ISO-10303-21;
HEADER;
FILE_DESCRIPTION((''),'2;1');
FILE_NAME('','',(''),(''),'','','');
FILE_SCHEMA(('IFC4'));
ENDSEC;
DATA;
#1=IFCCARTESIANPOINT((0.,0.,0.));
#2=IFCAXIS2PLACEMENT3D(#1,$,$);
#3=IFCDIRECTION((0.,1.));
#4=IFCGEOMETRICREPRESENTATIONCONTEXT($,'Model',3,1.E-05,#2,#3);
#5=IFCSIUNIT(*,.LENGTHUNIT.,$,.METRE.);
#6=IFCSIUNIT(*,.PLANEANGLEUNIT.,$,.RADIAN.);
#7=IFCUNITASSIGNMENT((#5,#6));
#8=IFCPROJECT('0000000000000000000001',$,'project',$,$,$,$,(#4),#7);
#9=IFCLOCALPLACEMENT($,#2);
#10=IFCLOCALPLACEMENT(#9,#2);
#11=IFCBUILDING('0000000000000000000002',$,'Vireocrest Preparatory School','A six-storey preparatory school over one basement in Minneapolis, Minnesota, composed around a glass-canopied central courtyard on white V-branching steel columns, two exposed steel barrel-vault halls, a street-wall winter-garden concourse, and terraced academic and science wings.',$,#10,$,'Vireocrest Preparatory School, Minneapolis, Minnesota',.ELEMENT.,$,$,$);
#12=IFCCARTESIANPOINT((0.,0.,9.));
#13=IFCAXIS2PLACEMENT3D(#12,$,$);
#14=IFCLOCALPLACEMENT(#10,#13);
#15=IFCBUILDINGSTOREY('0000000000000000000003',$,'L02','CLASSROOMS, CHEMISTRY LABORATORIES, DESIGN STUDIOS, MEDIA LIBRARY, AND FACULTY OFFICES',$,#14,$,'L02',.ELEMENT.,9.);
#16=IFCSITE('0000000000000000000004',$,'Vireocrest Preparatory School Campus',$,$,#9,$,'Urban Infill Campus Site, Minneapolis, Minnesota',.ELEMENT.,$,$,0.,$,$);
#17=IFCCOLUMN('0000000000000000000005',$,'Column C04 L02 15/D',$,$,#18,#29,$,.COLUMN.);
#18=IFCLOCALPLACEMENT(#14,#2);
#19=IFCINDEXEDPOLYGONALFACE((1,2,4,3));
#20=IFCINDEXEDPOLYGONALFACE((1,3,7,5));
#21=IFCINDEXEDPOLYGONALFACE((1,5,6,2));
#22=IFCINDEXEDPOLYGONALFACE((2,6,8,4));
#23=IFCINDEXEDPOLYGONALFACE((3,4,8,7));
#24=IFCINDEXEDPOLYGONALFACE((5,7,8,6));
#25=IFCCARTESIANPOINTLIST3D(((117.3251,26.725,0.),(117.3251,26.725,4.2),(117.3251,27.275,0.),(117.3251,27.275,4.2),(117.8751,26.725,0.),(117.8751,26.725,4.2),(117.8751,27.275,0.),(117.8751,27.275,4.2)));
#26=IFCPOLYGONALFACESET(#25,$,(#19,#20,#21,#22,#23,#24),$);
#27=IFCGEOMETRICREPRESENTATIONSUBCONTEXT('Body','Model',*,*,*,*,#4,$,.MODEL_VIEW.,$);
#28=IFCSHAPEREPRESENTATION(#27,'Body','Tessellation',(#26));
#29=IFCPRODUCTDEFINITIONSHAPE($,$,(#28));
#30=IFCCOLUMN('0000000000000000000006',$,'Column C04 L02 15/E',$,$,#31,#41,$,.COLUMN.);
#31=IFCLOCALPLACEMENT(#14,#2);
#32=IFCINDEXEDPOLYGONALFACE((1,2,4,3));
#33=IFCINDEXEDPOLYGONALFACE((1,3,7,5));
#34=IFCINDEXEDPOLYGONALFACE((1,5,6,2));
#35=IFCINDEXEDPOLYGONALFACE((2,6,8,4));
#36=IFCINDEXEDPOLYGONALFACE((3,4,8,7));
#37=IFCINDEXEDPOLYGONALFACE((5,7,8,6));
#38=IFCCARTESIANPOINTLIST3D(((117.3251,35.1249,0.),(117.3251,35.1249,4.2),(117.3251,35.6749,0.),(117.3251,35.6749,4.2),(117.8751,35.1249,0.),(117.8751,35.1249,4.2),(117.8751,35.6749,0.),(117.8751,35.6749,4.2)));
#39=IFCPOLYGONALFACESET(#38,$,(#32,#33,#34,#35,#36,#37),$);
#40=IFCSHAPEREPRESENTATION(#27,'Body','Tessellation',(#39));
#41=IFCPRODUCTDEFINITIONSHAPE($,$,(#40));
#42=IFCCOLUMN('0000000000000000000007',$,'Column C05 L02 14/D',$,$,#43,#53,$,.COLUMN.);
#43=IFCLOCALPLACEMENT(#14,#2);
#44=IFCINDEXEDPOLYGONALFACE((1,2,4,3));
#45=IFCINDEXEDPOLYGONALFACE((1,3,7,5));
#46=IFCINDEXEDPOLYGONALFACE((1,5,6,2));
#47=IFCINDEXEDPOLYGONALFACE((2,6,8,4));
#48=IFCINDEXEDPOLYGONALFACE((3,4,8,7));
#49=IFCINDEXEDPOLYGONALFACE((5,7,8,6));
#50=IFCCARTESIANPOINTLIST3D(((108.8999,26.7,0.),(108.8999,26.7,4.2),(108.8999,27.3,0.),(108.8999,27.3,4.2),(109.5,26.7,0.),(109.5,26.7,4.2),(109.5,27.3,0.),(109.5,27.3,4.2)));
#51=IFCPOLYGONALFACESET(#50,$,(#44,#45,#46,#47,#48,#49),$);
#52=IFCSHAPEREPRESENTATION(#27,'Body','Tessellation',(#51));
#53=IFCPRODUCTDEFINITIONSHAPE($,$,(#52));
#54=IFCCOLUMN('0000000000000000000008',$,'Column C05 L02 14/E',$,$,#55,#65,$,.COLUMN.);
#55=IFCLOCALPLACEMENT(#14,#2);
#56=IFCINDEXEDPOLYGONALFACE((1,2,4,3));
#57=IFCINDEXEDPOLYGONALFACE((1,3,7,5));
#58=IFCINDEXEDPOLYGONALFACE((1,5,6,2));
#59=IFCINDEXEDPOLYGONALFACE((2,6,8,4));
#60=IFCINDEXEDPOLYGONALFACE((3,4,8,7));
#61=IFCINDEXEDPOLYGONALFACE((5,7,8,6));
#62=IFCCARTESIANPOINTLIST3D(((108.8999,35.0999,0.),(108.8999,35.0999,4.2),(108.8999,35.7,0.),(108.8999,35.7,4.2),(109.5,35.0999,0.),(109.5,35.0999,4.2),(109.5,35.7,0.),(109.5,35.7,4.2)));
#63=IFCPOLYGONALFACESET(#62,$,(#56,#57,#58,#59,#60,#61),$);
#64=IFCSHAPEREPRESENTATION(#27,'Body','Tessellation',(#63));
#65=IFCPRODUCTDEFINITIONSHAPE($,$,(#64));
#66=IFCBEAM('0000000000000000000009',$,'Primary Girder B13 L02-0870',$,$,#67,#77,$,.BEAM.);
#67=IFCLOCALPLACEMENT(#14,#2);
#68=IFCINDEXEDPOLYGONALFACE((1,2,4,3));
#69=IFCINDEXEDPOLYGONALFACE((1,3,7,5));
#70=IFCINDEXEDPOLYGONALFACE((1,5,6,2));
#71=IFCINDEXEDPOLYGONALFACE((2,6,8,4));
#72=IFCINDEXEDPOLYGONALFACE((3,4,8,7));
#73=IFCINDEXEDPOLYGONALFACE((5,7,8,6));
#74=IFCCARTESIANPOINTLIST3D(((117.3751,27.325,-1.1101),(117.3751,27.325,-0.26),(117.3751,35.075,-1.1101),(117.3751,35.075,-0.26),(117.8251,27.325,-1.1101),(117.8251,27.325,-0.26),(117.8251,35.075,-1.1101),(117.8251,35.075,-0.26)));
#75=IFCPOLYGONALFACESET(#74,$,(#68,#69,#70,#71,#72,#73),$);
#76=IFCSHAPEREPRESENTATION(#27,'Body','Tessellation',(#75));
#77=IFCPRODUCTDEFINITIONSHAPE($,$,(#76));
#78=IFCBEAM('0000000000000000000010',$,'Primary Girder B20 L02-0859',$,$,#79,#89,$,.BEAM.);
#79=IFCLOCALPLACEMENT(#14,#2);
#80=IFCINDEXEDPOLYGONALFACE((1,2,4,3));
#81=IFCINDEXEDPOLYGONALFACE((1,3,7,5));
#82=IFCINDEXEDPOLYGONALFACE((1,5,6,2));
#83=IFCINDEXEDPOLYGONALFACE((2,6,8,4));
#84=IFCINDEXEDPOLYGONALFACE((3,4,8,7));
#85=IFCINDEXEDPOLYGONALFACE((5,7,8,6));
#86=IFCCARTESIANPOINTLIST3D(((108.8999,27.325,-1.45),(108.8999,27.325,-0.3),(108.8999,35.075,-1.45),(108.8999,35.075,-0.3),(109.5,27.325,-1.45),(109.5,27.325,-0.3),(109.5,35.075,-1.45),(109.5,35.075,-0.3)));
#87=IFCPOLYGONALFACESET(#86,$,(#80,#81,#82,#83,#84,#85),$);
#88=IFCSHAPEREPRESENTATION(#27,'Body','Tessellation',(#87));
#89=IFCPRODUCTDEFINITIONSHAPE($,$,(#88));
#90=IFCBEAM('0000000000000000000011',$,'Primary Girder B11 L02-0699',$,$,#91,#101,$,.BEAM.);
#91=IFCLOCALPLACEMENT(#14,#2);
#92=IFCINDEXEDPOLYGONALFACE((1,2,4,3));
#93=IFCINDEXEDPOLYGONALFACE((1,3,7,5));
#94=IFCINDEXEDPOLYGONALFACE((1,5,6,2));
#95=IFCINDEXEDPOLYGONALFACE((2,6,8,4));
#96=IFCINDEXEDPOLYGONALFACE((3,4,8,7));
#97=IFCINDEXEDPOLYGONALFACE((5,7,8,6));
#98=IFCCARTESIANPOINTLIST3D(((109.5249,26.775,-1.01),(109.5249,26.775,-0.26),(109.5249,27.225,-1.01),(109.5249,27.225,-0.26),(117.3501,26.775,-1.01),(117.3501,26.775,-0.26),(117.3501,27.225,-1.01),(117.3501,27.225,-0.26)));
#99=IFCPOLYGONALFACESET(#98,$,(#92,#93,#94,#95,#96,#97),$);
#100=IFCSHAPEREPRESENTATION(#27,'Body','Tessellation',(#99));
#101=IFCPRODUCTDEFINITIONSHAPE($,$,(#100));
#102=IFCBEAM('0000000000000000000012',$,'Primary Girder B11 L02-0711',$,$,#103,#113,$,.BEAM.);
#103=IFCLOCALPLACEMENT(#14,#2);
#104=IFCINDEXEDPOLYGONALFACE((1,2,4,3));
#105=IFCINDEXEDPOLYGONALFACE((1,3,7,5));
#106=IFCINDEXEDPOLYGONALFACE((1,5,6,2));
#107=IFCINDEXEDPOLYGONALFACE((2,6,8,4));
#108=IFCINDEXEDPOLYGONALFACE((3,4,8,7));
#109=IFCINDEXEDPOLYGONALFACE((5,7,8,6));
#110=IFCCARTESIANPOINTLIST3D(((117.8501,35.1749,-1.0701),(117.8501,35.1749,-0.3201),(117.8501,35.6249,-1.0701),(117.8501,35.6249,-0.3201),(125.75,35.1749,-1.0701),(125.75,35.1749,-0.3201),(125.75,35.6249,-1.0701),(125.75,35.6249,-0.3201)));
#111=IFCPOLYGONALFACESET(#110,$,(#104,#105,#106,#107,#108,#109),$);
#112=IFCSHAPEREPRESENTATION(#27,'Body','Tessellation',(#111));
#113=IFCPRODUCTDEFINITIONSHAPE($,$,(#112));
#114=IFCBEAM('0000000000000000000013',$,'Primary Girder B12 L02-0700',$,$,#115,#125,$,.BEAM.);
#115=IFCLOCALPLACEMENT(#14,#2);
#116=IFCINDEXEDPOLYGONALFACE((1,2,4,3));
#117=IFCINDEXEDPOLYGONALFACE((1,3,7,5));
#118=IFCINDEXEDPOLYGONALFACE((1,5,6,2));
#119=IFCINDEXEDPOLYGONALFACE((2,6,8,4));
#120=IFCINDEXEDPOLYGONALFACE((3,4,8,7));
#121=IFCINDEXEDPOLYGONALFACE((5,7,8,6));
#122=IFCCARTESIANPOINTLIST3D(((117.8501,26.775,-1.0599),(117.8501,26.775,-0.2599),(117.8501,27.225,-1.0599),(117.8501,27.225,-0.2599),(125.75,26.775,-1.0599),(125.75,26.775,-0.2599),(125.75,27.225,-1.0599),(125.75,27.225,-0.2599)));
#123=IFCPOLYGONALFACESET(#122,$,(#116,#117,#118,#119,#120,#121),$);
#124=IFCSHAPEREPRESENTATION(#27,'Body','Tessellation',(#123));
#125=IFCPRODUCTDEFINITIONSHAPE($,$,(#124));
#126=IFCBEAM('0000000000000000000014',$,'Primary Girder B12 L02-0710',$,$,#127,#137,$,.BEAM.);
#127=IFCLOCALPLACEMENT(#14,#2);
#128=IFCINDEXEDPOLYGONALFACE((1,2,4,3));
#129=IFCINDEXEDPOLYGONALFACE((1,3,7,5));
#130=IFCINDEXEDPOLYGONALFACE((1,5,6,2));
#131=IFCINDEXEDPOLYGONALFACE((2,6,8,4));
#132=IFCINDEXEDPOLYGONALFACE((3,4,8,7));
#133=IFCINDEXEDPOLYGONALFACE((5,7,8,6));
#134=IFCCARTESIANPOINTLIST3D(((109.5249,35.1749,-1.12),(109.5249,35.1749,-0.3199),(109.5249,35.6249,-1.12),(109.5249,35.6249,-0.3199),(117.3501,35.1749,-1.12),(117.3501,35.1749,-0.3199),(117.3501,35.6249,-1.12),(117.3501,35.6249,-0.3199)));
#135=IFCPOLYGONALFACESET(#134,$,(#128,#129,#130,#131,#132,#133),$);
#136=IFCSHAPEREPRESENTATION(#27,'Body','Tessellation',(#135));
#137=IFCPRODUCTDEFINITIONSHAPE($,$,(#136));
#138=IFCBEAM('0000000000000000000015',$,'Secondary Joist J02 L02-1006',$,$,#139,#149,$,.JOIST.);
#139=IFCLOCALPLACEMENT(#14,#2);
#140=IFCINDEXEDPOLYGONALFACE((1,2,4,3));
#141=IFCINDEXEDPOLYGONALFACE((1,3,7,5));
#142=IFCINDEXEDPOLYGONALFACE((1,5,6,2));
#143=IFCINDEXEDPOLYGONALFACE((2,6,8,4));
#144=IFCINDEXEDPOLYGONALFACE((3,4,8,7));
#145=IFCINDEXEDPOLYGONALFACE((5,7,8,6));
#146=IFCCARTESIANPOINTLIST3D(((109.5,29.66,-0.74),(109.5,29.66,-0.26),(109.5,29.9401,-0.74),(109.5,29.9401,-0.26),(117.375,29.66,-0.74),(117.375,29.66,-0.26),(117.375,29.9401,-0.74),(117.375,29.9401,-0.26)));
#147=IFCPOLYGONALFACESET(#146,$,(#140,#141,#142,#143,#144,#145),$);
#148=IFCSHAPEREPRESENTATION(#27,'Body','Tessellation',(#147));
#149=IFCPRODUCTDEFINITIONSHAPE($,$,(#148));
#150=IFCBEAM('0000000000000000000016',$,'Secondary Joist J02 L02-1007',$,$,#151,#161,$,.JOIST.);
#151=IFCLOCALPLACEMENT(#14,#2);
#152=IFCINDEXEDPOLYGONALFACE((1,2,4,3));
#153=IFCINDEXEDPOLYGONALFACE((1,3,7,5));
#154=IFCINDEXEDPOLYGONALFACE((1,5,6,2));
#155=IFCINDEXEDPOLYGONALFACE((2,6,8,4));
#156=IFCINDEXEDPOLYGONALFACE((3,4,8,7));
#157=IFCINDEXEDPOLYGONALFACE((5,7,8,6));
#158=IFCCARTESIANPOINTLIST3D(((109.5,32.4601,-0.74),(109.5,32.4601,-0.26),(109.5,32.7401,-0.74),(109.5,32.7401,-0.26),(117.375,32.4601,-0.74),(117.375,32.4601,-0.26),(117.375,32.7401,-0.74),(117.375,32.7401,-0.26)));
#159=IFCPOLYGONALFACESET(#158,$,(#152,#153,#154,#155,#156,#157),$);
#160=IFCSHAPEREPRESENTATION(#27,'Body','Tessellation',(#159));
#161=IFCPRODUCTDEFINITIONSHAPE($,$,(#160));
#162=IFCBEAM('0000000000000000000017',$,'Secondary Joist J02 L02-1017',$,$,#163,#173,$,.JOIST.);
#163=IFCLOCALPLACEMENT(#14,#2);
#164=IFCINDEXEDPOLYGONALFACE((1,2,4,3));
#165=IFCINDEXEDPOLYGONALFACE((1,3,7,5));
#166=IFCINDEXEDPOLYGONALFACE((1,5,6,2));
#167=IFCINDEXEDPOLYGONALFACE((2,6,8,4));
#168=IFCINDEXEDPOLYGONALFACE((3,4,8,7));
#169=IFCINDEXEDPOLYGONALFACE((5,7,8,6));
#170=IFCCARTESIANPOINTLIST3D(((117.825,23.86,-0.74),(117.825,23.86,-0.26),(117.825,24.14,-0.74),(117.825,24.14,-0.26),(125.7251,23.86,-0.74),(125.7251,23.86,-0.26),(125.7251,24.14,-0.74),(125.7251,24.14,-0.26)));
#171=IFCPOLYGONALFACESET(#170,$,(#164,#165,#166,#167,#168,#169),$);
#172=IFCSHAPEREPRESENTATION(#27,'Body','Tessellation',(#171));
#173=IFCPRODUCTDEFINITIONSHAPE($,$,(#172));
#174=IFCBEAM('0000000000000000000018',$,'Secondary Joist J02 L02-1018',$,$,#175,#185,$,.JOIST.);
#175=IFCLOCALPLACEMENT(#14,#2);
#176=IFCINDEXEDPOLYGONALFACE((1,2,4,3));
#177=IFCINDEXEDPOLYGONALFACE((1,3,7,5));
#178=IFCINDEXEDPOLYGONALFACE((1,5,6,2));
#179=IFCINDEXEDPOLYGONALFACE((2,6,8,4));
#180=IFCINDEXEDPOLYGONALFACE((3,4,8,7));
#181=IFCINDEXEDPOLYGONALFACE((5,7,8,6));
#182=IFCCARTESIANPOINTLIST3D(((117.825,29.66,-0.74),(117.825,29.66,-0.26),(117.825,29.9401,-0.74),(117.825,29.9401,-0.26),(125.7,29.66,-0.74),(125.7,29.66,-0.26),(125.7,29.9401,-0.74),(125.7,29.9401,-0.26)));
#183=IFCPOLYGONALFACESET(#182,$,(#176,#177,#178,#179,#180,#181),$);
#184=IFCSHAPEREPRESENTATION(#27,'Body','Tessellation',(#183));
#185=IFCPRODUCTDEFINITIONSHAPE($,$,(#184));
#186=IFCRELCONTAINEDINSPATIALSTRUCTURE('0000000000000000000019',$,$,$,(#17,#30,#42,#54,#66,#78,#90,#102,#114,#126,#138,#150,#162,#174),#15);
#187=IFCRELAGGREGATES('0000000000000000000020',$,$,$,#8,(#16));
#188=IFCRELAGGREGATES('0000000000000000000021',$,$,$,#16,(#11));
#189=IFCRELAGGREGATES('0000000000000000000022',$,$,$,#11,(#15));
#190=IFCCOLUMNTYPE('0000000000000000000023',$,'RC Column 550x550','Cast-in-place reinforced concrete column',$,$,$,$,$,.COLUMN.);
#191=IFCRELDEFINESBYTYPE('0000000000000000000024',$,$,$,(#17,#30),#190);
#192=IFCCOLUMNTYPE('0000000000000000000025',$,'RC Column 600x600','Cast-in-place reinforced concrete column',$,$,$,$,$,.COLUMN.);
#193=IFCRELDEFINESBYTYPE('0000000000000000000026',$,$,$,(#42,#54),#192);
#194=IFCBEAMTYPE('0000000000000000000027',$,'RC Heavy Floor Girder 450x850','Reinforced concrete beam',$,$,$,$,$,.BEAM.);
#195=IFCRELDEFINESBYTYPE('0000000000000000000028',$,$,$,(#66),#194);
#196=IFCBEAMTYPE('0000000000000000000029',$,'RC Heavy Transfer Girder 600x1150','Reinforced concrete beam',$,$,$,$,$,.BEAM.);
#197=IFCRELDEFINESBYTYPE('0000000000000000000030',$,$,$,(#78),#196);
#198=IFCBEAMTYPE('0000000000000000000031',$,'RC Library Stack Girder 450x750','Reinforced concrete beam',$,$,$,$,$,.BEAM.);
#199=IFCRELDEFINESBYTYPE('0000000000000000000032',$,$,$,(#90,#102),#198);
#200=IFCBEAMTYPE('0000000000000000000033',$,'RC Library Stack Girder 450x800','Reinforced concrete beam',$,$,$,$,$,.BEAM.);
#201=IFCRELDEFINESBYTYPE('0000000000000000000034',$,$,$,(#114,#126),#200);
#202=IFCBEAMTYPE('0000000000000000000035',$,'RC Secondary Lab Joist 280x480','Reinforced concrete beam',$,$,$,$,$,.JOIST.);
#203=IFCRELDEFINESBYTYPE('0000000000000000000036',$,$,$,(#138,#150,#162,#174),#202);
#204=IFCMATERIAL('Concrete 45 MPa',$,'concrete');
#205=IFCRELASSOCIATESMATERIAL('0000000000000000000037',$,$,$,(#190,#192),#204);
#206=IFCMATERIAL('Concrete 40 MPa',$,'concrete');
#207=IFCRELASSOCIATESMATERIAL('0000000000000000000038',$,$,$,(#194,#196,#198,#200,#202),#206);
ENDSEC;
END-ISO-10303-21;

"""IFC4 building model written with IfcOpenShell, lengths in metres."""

from ifc_helpers import new_model, si_unit, direction, frame, origin, origin_2d, place, context, subcontext, project, spatial, rectangle, extrude, material, material_profile, profile_set, type_object, element, save


model = new_model("IFC4")

# Units and contexts
model_context = context("Model", 3, precision=1e-05, world=origin(), true_north=direction((0.0, 1.0)))
body_context = subcontext(model_context, "Body", "Model", "MODEL_VIEW")
ifc_project = project(units=[si_unit("LENGTHUNIT", "METRE"), si_unit("PLANEANGLEUNIT", "RADIAN")], contexts=[model_context])

# Site, building, storey
site_placement = place(None, origin())
site = spatial("IfcSite", under=ifc_project, at=site_placement, Name="Vireocrest Preparatory School Campus", LongName="Urban Infill Campus Site, Minneapolis, Minnesota", CompositionType="ELEMENT", RefElevation=0.0)
building_placement = place(site_placement, origin())
building = spatial("IfcBuilding", under=site, at=building_placement, Name="Vireocrest Preparatory School", Description="A six-storey preparatory school over one basement in Minneapolis, Minnesota, composed around a glass-canopied central courtyard on white V-branching steel columns, two exposed steel barrel-vault halls, a street-wall winter-garden concourse, and terraced academic and science wings.", LongName="Vireocrest Preparatory School, Minneapolis, Minnesota", CompositionType="ELEMENT")
storey_placement = place(building_placement, frame((0.0, 0.0, 9.0)))
storey = spatial("IfcBuildingStorey", under=building, at=storey_placement, Name="L02", Description="CLASSROOMS, CHEMISTRY LABORATORIES, DESIGN STUDIOS, MEDIA LIBRARY, AND FACULTY OFFICES", LongName="L02", CompositionType="ELEMENT", Elevation=9.0)

# Columns
ifc_material_1 = material(Name="Concrete 45 MPa", Category="concrete")
ifc_material_profile_1 = material_profile(ifc_material_1, rectangle(XDim=0.55, YDim=0.55, at=origin_2d()), Name="RC 550x550")
ifc_profile_set_1 = profile_set([ifc_material_profile_1], Name="Concrete 45 MPa")
column_type_1 = type_object("IfcColumnType", Name="RC Column 550x550", Description="Cast-in-place reinforced concrete column", PredefinedType="COLUMN", material=ifc_profile_set_1)
for number, where, z_axis, x_axis, name in (
    (1, (117.6001, 27.0, 0.0), (0.0, 0.0, 1.0), (1.0, 0.0, 0.0), "Column C04 L02 15/D"),
    (2, (117.6001, 35.3999, 0.0), (0.0, 0.0, 1.0), (1.0, 0.0, 0.0), "Column C04 L02 15/E"),
):
    element("IfcColumn", number, at=place(storey_placement, frame(where, z_axis=z_axis, x_axis=x_axis)), inside=storey, type_object=column_type_1, Name=name, PredefinedType="COLUMN", context=body_context, shape_type="SweptSolid", body=[
        extrude(rectangle(XDim=0.55, YDim=0.55, at=origin_2d()), origin(), (0.0, 0.0, 1.0), 4.2),
    ])
ifc_material_profile_2 = material_profile(ifc_material_1, rectangle(XDim=0.6001, YDim=0.6001, at=origin_2d()), Name="RC 600x600")
ifc_profile_set_2 = profile_set([ifc_material_profile_2], Name="Concrete 45 MPa")
column_type_2 = type_object("IfcColumnType", Name="RC Column 600x600", Description="Cast-in-place reinforced concrete column", PredefinedType="COLUMN", material=ifc_profile_set_2)
for number, where, z_axis, x_axis, name in (
    (3, (109.2, 27.0, 0.0), (0.0, 0.0, 1.0), (1.0, 0.0, 0.0), "Column C05 L02 14/D"),
    (4, (109.2, 35.3999, 0.0), (0.0, 0.0, 1.0), (1.0, 0.0, 0.0), "Column C05 L02 14/E"),
):
    element("IfcColumn", number, at=place(storey_placement, frame(where, z_axis=z_axis, x_axis=x_axis)), inside=storey, type_object=column_type_2, Name=name, PredefinedType="COLUMN", context=body_context, shape_type="SweptSolid", body=[
        extrude(rectangle(XDim=0.6001, YDim=0.6001, at=origin_2d()), origin(), (0.0, 0.0, 1.0), 4.2),
    ])

# Beams
ifc_material_2 = material(Name="Concrete 40 MPa", Category="concrete")
ifc_material_profile_3 = material_profile(ifc_material_2, rectangle(XDim=0.45, YDim=0.8501, at=origin_2d()), Name="RC 450x850")
ifc_profile_set_3 = profile_set([ifc_material_profile_3], Name="Concrete 40 MPa")
beam_type_1 = type_object("IfcBeamType", Name="RC Heavy Floor Girder 450x850", Description="Reinforced concrete beam", PredefinedType="BEAM", material=ifc_profile_set_3)
beam_1_placement = place(storey_placement, frame((117.6001, 27.325, -0.6851), z_axis=(0.0, 1.0, 0.0), x_axis=(-1.0, 0.0, 0.0)))
element("IfcBeam", 5, at=beam_1_placement, inside=storey, type_object=beam_type_1, Name="Primary Girder B13 L02-0870", PredefinedType="BEAM", context=body_context, shape_type="SweptSolid", body=[
    extrude(rectangle(XDim=0.45, YDim=0.8501, at=origin_2d()), origin(), (0.0, 0.0, 1.0), 7.75),
])
ifc_material_profile_4 = material_profile(ifc_material_2, rectangle(XDim=0.6001, YDim=1.1499, at=origin_2d()), Name="RC 600x1150")
ifc_profile_set_4 = profile_set([ifc_material_profile_4], Name="Concrete 40 MPa")
beam_type_2 = type_object("IfcBeamType", Name="RC Heavy Transfer Girder 600x1150", Description="Reinforced concrete beam", PredefinedType="BEAM", material=ifc_profile_set_4)
beam_2_placement = place(storey_placement, frame((109.2, 27.325, -0.875), z_axis=(0.0, 1.0, 0.0), x_axis=(-1.0, 0.0, 0.0)))
element("IfcBeam", 6, at=beam_2_placement, inside=storey, type_object=beam_type_2, Name="Primary Girder B20 L02-0859", PredefinedType="BEAM", context=body_context, shape_type="SweptSolid", body=[
    extrude(rectangle(XDim=0.6001, YDim=1.1499, at=origin_2d()), origin(), (0.0, 0.0, 1.0), 7.75),
])
ifc_material_profile_5 = material_profile(ifc_material_2, rectangle(XDim=0.45, YDim=0.75, at=origin_2d()), Name="RC 450x750")
ifc_profile_set_5 = profile_set([ifc_material_profile_5], Name="Concrete 40 MPa")
beam_type_3 = type_object("IfcBeamType", Name="RC Library Stack Girder 450x750", Description="Reinforced concrete beam", PredefinedType="BEAM", material=ifc_profile_set_5)
beam_3_placement = place(storey_placement, frame((109.5249, 27.0, -0.635), z_axis=(1.0, 0.0, 0.0), x_axis=(0.0, 1.0, 0.0)))
element("IfcBeam", 7, at=beam_3_placement, inside=storey, type_object=beam_type_3, Name="Primary Girder B11 L02-0699", PredefinedType="BEAM", context=body_context, shape_type="SweptSolid", body=[
    extrude(rectangle(XDim=0.45, YDim=0.75, at=origin_2d()), origin(), (0.0, 0.0, 1.0), 7.8252),
])
beam_4_placement = place(storey_placement, frame((117.8501, 35.3999, -0.6951), z_axis=(1.0, 0.0, 0.0), x_axis=(0.0, 1.0, 0.0)))
element("IfcBeam", 8, at=beam_4_placement, inside=storey, type_object=beam_type_3, Name="Primary Girder B11 L02-0711", PredefinedType="BEAM", context=body_context, shape_type="SweptSolid", body=[
    extrude(rectangle(XDim=0.45, YDim=0.75, at=origin_2d()), origin(), (0.0, 0.0, 1.0), 7.8999),
])
ifc_material_profile_6 = material_profile(ifc_material_2, rectangle(XDim=0.45, YDim=0.8, at=origin_2d()), Name="RC 450x800")
ifc_profile_set_6 = profile_set([ifc_material_profile_6], Name="Concrete 40 MPa")
beam_type_4 = type_object("IfcBeamType", Name="RC Library Stack Girder 450x800", Description="Reinforced concrete beam", PredefinedType="BEAM", material=ifc_profile_set_6)
beam_5_placement = place(storey_placement, frame((117.8501, 27.0, -0.6599), z_axis=(1.0, 0.0, 0.0), x_axis=(0.0, 1.0, 0.0)))
element("IfcBeam", 9, at=beam_5_placement, inside=storey, type_object=beam_type_4, Name="Primary Girder B12 L02-0700", PredefinedType="BEAM", context=body_context, shape_type="SweptSolid", body=[
    extrude(rectangle(XDim=0.45, YDim=0.8, at=origin_2d()), origin(), (0.0, 0.0, 1.0), 7.8999),
])
beam_6_placement = place(storey_placement, frame((109.5249, 35.3999, -0.72), z_axis=(1.0, 0.0, 0.0), x_axis=(0.0, 1.0, 0.0)))
element("IfcBeam", 10, at=beam_6_placement, inside=storey, type_object=beam_type_4, Name="Primary Girder B12 L02-0710", PredefinedType="BEAM", context=body_context, shape_type="SweptSolid", body=[
    extrude(rectangle(XDim=0.45, YDim=0.8, at=origin_2d()), origin(), (0.0, 0.0, 1.0), 7.8252),
])
ifc_material_profile_7 = material_profile(ifc_material_2, rectangle(XDim=0.28, YDim=0.48, at=origin_2d()), Name="RC 280x480")
ifc_profile_set_7 = profile_set([ifc_material_profile_7], Name="Concrete 40 MPa")
beam_type_5 = type_object("IfcBeamType", Name="RC Secondary Lab Joist 280x480", Description="Reinforced concrete beam", PredefinedType="JOIST", material=ifc_profile_set_7)
for number, where, z_axis, x_axis, name in (
    (11, (109.5, 29.8, -0.5), (1.0, 0.0, 0.0), (0.0, 1.0, 0.0), "Secondary Joist J02 L02-1006"),
    (12, (109.5, 32.6001, -0.5), (1.0, 0.0, 0.0), (0.0, 1.0, 0.0), "Secondary Joist J02 L02-1007"),
):
    element("IfcBeam", number, at=place(storey_placement, frame(where, z_axis=z_axis, x_axis=x_axis)), inside=storey, type_object=beam_type_5, Name=name, PredefinedType="JOIST", context=body_context, shape_type="SweptSolid", body=[
        extrude(rectangle(XDim=0.28, YDim=0.48, at=origin_2d()), origin(), (0.0, 0.0, 1.0), 7.875),
    ])
beam_7_placement = place(storey_placement, frame((117.825, 24.0, -0.5), z_axis=(1.0, 0.0, 0.0), x_axis=(0.0, 1.0, 0.0)))
element("IfcBeam", 13, at=beam_7_placement, inside=storey, type_object=beam_type_5, Name="Secondary Joist J02 L02-1017", PredefinedType="JOIST", context=body_context, shape_type="SweptSolid", body=[
    extrude(rectangle(XDim=0.28, YDim=0.48, at=origin_2d()), origin(), (0.0, 0.0, 1.0), 7.9001),
])
for number, where, z_axis, x_axis, name in (
    (14, (117.825, 29.8, -0.5), (1.0, 0.0, 0.0), (0.0, 1.0, 0.0), "Secondary Joist J02 L02-1018"),
):
    element("IfcBeam", number, at=place(storey_placement, frame(where, z_axis=z_axis, x_axis=x_axis)), inside=storey, type_object=beam_type_5, Name=name, PredefinedType="JOIST", context=body_context, shape_type="SweptSolid", body=[
        extrude(rectangle(XDim=0.28, YDim=0.48, at=origin_2d()), origin(), (0.0, 0.0, 1.0), 7.875),
    ])

save(model, "model.ifc")
